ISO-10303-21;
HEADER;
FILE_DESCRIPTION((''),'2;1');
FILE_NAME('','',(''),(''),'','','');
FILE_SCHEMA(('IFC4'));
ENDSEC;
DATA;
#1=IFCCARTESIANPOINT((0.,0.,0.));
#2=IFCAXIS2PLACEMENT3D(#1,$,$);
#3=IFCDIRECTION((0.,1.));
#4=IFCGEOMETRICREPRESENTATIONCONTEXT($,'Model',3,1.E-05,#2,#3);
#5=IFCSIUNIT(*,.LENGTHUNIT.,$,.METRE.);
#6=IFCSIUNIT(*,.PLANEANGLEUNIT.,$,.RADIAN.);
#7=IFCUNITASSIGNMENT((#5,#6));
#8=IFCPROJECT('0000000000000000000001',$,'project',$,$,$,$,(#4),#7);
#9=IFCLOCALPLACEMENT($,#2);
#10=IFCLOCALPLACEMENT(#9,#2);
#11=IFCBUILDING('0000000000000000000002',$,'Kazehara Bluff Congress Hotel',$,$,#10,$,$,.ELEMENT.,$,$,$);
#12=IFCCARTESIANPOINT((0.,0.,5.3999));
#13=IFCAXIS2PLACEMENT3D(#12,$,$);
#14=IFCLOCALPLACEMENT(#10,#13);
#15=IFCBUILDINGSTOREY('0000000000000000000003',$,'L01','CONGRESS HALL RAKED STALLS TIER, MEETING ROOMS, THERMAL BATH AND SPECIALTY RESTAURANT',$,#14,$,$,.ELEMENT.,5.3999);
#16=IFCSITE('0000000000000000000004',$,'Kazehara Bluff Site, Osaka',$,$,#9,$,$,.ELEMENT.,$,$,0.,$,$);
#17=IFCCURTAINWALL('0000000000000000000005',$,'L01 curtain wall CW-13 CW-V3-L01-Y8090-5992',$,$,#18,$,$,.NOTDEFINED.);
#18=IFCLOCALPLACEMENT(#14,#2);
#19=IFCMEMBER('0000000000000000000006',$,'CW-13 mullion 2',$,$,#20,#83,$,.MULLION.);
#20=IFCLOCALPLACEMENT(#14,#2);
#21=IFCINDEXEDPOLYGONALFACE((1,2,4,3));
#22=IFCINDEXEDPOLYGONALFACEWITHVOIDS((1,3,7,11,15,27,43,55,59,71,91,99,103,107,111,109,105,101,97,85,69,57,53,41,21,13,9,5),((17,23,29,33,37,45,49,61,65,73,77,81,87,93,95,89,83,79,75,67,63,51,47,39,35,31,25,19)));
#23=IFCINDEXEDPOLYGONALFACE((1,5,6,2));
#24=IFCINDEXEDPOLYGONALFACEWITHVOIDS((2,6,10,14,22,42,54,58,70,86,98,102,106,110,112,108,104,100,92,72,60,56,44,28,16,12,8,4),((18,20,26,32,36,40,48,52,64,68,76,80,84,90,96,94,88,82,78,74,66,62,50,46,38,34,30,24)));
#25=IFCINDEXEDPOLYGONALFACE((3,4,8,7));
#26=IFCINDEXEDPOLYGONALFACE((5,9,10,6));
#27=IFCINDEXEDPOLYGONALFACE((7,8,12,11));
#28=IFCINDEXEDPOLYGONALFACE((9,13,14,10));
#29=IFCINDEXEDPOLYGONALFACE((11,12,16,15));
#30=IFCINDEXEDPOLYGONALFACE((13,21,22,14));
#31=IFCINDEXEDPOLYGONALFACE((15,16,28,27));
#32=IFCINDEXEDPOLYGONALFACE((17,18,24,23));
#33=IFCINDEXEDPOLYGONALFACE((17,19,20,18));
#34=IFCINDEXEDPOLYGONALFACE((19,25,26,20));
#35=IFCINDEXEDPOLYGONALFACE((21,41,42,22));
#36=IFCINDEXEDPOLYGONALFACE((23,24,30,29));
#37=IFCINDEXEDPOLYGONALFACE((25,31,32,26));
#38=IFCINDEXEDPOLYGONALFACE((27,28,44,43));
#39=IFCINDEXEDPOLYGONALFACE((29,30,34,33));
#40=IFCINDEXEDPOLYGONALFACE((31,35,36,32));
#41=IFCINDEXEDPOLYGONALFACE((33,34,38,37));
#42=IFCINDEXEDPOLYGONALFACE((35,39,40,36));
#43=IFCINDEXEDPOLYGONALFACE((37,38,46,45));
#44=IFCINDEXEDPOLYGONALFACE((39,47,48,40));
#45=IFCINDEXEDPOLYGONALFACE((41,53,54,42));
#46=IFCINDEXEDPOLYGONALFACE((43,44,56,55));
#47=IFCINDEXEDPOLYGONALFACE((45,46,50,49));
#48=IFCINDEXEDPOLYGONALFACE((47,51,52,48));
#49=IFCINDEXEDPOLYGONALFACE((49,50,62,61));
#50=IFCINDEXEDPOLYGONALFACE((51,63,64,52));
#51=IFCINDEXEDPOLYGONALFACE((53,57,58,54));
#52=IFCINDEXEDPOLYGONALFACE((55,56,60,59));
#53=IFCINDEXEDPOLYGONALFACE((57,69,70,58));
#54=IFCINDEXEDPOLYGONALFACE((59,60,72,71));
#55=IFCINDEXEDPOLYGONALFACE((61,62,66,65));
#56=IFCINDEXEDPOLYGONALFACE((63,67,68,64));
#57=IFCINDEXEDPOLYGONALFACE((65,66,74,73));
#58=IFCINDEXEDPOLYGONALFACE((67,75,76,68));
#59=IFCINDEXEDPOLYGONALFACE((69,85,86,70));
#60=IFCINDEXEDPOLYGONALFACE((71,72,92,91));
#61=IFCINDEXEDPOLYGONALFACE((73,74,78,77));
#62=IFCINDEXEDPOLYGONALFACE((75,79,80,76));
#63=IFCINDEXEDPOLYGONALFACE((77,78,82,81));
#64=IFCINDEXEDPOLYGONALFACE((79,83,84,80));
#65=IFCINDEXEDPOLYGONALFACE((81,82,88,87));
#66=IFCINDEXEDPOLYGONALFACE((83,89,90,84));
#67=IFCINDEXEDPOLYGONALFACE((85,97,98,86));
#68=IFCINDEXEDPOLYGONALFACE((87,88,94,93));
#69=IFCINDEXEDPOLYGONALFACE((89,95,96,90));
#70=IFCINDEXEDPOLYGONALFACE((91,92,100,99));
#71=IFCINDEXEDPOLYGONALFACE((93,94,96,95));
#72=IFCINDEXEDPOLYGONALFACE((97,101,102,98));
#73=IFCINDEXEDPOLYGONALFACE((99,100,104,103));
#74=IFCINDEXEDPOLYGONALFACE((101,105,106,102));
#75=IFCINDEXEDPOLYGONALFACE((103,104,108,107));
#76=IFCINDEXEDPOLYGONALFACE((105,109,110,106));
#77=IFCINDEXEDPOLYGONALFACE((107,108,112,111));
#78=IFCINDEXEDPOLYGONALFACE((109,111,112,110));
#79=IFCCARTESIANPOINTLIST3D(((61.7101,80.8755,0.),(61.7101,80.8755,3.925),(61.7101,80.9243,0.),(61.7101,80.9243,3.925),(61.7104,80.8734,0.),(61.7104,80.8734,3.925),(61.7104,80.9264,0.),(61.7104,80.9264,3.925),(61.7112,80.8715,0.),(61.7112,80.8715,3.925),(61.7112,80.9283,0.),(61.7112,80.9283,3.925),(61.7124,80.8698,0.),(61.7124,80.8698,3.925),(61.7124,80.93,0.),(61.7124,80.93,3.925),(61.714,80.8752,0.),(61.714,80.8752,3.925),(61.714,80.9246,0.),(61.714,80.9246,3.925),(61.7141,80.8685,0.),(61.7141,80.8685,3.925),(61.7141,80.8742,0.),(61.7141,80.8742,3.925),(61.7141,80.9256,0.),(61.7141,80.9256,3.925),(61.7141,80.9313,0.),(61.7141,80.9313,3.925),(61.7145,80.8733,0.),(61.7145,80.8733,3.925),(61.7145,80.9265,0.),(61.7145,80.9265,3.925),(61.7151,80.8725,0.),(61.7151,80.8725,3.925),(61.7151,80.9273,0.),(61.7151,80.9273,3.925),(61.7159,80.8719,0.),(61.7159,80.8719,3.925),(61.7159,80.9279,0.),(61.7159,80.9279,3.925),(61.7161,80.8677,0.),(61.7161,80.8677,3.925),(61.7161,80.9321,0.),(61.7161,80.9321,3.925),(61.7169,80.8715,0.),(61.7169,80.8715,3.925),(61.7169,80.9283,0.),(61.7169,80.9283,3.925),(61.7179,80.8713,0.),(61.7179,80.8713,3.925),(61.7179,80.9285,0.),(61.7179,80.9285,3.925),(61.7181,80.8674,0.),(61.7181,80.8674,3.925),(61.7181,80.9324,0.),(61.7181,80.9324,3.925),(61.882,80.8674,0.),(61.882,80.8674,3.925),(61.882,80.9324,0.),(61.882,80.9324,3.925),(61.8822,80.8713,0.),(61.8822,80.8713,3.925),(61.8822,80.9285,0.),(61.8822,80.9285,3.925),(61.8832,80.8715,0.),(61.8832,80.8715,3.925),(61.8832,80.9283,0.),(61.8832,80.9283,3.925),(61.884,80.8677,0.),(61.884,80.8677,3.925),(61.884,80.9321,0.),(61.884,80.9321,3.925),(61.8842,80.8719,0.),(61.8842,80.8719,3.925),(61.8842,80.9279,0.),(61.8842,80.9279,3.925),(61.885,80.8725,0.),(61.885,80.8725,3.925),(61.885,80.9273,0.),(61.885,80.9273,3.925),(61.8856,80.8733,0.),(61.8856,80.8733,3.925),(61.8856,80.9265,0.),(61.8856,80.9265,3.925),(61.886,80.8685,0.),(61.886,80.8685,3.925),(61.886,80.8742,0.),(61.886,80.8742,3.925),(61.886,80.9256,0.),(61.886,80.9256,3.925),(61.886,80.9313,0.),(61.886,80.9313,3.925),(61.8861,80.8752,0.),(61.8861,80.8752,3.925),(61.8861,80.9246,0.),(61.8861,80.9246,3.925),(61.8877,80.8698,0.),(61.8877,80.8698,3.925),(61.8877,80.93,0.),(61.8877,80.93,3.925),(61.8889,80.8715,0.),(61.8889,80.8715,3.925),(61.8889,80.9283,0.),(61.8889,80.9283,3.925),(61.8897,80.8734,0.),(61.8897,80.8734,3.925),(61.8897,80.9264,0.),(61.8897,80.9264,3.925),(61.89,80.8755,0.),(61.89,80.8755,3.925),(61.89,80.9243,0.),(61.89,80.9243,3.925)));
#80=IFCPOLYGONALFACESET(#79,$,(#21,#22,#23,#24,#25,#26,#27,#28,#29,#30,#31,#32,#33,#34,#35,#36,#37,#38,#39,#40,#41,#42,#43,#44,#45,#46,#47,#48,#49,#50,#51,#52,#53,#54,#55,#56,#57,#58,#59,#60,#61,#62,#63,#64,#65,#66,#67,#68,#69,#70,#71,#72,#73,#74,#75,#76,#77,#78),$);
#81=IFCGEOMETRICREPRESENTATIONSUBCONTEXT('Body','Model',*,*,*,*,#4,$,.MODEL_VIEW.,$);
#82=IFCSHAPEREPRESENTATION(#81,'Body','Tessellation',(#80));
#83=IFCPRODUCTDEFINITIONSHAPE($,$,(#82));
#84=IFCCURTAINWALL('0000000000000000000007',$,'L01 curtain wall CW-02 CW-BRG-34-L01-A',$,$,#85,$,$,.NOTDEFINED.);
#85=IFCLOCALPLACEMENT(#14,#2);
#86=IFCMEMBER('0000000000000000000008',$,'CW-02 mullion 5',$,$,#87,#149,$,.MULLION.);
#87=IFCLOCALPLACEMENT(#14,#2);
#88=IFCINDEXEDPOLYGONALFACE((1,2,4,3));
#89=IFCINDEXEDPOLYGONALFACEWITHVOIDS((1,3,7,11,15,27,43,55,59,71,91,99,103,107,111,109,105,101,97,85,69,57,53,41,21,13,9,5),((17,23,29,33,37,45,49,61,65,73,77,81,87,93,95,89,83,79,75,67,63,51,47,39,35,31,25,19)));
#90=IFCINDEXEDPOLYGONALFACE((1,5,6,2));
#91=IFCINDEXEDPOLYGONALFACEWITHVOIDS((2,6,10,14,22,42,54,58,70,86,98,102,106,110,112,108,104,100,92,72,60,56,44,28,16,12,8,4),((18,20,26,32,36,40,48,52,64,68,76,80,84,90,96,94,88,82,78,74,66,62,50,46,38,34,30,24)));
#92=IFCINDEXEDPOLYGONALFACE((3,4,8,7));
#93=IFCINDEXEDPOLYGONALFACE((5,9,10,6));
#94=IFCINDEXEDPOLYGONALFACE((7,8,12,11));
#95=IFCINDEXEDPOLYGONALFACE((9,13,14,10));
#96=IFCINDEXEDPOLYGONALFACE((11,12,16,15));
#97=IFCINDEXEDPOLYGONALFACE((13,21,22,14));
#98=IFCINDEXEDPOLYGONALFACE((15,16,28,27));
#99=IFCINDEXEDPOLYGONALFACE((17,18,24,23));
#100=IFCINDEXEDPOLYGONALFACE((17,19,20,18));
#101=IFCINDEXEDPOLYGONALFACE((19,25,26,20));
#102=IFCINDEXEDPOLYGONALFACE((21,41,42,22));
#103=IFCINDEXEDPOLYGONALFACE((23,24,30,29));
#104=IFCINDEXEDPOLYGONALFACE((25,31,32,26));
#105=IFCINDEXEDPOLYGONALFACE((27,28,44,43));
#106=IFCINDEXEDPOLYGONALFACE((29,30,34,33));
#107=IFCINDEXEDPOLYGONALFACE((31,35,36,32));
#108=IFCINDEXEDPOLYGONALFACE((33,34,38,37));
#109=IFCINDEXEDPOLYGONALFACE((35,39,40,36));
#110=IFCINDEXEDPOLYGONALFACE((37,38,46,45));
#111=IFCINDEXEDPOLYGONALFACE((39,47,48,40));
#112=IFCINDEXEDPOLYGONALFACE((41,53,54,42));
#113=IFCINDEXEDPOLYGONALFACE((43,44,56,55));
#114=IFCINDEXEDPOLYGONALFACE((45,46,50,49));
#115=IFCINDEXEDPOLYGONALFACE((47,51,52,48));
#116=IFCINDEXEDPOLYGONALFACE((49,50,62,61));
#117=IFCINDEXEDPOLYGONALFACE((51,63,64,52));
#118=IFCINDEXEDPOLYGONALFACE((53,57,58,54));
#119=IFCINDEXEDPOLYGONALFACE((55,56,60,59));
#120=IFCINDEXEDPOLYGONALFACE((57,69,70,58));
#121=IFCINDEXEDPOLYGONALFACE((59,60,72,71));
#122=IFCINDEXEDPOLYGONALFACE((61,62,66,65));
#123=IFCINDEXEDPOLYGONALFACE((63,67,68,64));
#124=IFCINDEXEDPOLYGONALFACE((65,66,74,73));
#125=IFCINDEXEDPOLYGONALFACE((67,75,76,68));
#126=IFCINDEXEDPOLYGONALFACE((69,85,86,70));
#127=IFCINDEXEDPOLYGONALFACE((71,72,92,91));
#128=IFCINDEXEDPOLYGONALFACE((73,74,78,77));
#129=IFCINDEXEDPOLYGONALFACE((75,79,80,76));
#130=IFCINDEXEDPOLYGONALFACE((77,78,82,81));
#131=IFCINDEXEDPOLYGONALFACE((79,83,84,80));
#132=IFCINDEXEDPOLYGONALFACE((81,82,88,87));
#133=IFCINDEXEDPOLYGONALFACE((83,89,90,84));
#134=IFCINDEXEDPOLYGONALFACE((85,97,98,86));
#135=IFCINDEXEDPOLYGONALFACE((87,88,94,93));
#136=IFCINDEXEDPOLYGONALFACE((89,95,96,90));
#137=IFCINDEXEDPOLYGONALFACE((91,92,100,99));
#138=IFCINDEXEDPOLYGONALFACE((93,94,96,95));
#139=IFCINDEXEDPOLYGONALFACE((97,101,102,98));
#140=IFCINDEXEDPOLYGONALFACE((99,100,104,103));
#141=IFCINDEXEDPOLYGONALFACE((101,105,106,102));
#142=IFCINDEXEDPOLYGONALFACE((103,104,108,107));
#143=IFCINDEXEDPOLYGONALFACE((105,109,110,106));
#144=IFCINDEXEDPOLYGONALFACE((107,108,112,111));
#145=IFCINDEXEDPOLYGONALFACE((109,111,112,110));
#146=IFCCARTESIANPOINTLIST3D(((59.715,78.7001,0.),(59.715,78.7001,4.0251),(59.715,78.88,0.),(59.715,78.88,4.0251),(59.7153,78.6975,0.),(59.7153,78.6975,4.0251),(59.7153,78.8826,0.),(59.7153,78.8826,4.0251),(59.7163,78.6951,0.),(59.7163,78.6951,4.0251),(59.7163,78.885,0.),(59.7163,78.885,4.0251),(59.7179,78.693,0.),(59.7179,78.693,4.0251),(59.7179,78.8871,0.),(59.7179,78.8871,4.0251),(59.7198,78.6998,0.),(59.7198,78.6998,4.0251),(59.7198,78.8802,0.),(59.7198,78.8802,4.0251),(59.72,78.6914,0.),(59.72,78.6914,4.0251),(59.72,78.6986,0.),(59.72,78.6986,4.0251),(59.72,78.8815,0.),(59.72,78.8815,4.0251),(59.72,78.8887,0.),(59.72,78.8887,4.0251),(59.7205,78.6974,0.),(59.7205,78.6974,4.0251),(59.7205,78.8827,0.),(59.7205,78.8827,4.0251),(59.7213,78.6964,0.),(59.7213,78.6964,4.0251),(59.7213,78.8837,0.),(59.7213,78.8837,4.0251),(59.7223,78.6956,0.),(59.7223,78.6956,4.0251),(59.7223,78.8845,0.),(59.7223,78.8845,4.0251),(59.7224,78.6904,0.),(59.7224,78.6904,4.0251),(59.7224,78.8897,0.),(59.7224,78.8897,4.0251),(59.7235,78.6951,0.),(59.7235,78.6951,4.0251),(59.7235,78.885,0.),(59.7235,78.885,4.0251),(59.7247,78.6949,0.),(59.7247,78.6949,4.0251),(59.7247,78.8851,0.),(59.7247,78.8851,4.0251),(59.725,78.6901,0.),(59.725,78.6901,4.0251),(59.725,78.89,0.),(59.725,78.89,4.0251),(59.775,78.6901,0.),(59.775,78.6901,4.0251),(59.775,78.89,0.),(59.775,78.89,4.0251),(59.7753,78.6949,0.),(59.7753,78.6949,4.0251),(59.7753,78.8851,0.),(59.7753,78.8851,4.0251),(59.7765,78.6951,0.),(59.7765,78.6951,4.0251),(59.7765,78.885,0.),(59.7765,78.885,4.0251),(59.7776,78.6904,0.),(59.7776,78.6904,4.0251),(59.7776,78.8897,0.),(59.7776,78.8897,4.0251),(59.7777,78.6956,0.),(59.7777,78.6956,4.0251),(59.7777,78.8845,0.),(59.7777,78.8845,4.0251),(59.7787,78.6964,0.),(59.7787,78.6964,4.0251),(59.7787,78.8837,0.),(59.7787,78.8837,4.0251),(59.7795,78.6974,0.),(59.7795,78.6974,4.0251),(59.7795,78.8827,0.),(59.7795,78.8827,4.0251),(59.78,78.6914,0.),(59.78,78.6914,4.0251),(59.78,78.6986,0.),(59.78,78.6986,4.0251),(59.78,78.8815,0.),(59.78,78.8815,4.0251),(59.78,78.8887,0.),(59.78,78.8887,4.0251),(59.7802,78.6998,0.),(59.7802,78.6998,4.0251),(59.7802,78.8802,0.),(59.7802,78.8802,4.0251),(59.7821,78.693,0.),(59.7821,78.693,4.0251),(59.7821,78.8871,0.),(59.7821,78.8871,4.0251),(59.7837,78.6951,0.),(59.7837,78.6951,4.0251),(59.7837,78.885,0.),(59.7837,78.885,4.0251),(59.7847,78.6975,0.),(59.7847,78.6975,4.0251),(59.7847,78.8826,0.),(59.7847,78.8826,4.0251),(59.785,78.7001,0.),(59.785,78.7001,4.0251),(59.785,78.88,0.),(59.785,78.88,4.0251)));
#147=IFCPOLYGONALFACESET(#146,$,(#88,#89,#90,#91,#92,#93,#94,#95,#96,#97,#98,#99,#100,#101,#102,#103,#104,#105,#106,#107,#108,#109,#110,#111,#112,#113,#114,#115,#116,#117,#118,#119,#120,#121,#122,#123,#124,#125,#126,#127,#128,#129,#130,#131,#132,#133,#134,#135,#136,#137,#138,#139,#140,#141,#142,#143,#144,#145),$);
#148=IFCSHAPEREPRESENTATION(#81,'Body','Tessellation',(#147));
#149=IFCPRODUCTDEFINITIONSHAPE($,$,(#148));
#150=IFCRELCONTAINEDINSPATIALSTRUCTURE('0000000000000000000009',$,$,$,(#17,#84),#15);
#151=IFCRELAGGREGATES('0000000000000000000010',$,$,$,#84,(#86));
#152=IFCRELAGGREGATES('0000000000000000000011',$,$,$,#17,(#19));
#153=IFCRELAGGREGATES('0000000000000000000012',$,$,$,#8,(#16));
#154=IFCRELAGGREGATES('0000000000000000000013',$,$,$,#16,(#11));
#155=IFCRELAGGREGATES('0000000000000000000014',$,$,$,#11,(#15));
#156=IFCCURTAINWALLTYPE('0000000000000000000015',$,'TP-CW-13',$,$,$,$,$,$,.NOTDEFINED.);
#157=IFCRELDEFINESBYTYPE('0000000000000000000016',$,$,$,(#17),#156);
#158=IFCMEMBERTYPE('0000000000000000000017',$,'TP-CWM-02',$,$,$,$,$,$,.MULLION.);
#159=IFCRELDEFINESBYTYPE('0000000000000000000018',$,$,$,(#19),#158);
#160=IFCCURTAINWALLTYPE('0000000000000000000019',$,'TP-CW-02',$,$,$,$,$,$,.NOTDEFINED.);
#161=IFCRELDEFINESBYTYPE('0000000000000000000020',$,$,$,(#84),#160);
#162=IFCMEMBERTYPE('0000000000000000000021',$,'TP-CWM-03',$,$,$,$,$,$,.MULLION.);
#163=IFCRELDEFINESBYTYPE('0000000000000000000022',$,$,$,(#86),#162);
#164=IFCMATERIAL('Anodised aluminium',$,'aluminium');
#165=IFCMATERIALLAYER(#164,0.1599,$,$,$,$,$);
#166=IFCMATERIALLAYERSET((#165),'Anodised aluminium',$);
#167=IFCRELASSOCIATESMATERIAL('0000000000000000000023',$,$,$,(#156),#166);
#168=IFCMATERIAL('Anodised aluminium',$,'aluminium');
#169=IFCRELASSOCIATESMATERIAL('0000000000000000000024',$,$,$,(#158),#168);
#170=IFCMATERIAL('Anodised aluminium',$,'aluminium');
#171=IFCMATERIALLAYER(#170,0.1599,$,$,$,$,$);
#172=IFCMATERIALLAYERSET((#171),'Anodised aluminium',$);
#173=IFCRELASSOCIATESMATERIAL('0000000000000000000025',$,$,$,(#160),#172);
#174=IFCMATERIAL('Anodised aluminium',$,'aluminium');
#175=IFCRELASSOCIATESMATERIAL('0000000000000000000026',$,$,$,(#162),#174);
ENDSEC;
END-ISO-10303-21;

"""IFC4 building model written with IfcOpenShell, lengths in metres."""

from ifc_helpers import new_model, si_unit, direction, frame, origin, origin_2d, place, context, subcontext, project, spatial, hollow_rectangle, extrude, material, layer, layer_set, material_profile, profile_set, type_object, element, aggregate, save


model = new_model("IFC4")

# Units and contexts
model_context = context("Model", 3, precision=1e-05, world=origin(), true_north=direction((0.0, 1.0)))
body_context = subcontext(model_context, "Body", "Model", "MODEL_VIEW")
ifc_project = project(units=[si_unit("LENGTHUNIT", "METRE"), si_unit("PLANEANGLEUNIT", "RADIAN")], contexts=[model_context])

# Site, building, storey
site_placement = place(None, origin())
site = spatial("IfcSite", under=ifc_project, at=site_placement, Name="Kazehara Bluff Site, Osaka", CompositionType="ELEMENT", RefElevation=0.0)
building_placement = place(site_placement, origin())
building = spatial("IfcBuilding", under=site, at=building_placement, Name="Kazehara Bluff Congress Hotel", CompositionType="ELEMENT")
storey_placement = place(building_placement, frame((0.0, 0.0, 5.3999)))
storey = spatial("IfcBuildingStorey", under=building, at=storey_placement, Name="L01", Description="CONGRESS HALL RAKED STALLS TIER, MEETING ROOMS, THERMAL BATH AND SPECIALTY RESTAURANT", CompositionType="ELEMENT", Elevation=5.3999)

# Curtain walls, members
ifc_material_1 = material(Name="Anodised aluminium", Category="aluminium")
ifc_layer_1 = layer(ifc_material_1, 0.1599)
ifc_layer_set_1 = layer_set([ifc_layer_1], Name="Anodised aluminium")
curtain_wall_type_1 = type_object("IfcCurtainWallType", Name="TP-CW-13", PredefinedType="NOTDEFINED", material=ifc_layer_set_1)
curtain_wall_1_placement = place(storey_placement, origin())
curtain_wall_1 = element("IfcCurtainWall", 1, at=curtain_wall_1_placement, inside=storey, type_object=curtain_wall_type_1, Name="L01 curtain wall CW-13 CW-V3-L01-Y8090-5992", PredefinedType="NOTDEFINED")
ifc_material_2 = material(Name="Anodised aluminium", Category="aluminium")
ifc_material_profile_1 = material_profile(ifc_material_2, hollow_rectangle(XDim=0.0649, YDim=0.1799, WallThickness=0.0039, InnerFilletRadius=0.0039, OuterFilletRadius=0.0081, at=origin_2d()))
ifc_profile_set_1 = profile_set([ifc_material_profile_1], Name="Anodised aluminium")
member_type_1 = type_object("IfcMemberType", Name="TP-CWM-02", PredefinedType="MULLION", material=ifc_profile_set_1)
member_1_placement = place(storey_placement, frame((61.8, 80.8999, 0.0), z_axis=(0.0, 0.0, 1.0), x_axis=(0.0, 1.0, 0.0)))
member_1 = element("IfcMember", 2, at=member_1_placement, type_object=member_type_1, Name="CW-13 mullion 2", PredefinedType="MULLION", context=body_context, shape_type="SweptSolid", body=[
    extrude(hollow_rectangle(XDim=0.0649, YDim=0.1799, WallThickness=0.0039, InnerFilletRadius=0.0039, OuterFilletRadius=0.0081, at=origin_2d()), origin(), (0.0, 0.0, 1.0), 3.925),
])
ifc_material_3 = material(Name="Anodised aluminium", Category="aluminium")
ifc_layer_2 = layer(ifc_material_3, 0.1599)
ifc_layer_set_2 = layer_set([ifc_layer_2], Name="Anodised aluminium")
curtain_wall_type_2 = type_object("IfcCurtainWallType", Name="TP-CW-02", PredefinedType="NOTDEFINED", material=ifc_layer_set_2)
curtain_wall_2_placement = place(storey_placement, origin())
curtain_wall_2 = element("IfcCurtainWall", 3, at=curtain_wall_2_placement, inside=storey, type_object=curtain_wall_type_2, Name="L01 curtain wall CW-02 CW-BRG-34-L01-A", PredefinedType="NOTDEFINED")
ifc_material_4 = material(Name="Anodised aluminium", Category="aluminium")
ifc_material_profile_2 = material_profile(ifc_material_4, hollow_rectangle(XDim=0.0701, YDim=0.2, WallThickness=0.0049, InnerFilletRadius=0.0049, OuterFilletRadius=0.01, at=origin_2d()))
ifc_profile_set_2 = profile_set([ifc_material_profile_2], Name="Anodised aluminium")
member_type_2 = type_object("IfcMemberType", Name="TP-CWM-03", PredefinedType="MULLION", material=ifc_profile_set_2)
member_2_placement = place(storey_placement, frame((59.75, 78.79, 0.0), z_axis=(0.0, 0.0, 1.0), x_axis=(-1.0, 0.0, 0.0)))
member_2 = element("IfcMember", 4, at=member_2_placement, type_object=member_type_2, Name="CW-02 mullion 5", PredefinedType="MULLION", context=body_context, shape_type="SweptSolid", body=[
    extrude(hollow_rectangle(XDim=0.0701, YDim=0.2, WallThickness=0.0049, InnerFilletRadius=0.0049, OuterFilletRadius=0.01, at=origin_2d()), origin(), (0.0, 0.0, 1.0), 4.0251),
])

aggregate(curtain_wall_2, [member_2])
aggregate(curtain_wall_1, [member_1])

save(model, "model.ifc")
